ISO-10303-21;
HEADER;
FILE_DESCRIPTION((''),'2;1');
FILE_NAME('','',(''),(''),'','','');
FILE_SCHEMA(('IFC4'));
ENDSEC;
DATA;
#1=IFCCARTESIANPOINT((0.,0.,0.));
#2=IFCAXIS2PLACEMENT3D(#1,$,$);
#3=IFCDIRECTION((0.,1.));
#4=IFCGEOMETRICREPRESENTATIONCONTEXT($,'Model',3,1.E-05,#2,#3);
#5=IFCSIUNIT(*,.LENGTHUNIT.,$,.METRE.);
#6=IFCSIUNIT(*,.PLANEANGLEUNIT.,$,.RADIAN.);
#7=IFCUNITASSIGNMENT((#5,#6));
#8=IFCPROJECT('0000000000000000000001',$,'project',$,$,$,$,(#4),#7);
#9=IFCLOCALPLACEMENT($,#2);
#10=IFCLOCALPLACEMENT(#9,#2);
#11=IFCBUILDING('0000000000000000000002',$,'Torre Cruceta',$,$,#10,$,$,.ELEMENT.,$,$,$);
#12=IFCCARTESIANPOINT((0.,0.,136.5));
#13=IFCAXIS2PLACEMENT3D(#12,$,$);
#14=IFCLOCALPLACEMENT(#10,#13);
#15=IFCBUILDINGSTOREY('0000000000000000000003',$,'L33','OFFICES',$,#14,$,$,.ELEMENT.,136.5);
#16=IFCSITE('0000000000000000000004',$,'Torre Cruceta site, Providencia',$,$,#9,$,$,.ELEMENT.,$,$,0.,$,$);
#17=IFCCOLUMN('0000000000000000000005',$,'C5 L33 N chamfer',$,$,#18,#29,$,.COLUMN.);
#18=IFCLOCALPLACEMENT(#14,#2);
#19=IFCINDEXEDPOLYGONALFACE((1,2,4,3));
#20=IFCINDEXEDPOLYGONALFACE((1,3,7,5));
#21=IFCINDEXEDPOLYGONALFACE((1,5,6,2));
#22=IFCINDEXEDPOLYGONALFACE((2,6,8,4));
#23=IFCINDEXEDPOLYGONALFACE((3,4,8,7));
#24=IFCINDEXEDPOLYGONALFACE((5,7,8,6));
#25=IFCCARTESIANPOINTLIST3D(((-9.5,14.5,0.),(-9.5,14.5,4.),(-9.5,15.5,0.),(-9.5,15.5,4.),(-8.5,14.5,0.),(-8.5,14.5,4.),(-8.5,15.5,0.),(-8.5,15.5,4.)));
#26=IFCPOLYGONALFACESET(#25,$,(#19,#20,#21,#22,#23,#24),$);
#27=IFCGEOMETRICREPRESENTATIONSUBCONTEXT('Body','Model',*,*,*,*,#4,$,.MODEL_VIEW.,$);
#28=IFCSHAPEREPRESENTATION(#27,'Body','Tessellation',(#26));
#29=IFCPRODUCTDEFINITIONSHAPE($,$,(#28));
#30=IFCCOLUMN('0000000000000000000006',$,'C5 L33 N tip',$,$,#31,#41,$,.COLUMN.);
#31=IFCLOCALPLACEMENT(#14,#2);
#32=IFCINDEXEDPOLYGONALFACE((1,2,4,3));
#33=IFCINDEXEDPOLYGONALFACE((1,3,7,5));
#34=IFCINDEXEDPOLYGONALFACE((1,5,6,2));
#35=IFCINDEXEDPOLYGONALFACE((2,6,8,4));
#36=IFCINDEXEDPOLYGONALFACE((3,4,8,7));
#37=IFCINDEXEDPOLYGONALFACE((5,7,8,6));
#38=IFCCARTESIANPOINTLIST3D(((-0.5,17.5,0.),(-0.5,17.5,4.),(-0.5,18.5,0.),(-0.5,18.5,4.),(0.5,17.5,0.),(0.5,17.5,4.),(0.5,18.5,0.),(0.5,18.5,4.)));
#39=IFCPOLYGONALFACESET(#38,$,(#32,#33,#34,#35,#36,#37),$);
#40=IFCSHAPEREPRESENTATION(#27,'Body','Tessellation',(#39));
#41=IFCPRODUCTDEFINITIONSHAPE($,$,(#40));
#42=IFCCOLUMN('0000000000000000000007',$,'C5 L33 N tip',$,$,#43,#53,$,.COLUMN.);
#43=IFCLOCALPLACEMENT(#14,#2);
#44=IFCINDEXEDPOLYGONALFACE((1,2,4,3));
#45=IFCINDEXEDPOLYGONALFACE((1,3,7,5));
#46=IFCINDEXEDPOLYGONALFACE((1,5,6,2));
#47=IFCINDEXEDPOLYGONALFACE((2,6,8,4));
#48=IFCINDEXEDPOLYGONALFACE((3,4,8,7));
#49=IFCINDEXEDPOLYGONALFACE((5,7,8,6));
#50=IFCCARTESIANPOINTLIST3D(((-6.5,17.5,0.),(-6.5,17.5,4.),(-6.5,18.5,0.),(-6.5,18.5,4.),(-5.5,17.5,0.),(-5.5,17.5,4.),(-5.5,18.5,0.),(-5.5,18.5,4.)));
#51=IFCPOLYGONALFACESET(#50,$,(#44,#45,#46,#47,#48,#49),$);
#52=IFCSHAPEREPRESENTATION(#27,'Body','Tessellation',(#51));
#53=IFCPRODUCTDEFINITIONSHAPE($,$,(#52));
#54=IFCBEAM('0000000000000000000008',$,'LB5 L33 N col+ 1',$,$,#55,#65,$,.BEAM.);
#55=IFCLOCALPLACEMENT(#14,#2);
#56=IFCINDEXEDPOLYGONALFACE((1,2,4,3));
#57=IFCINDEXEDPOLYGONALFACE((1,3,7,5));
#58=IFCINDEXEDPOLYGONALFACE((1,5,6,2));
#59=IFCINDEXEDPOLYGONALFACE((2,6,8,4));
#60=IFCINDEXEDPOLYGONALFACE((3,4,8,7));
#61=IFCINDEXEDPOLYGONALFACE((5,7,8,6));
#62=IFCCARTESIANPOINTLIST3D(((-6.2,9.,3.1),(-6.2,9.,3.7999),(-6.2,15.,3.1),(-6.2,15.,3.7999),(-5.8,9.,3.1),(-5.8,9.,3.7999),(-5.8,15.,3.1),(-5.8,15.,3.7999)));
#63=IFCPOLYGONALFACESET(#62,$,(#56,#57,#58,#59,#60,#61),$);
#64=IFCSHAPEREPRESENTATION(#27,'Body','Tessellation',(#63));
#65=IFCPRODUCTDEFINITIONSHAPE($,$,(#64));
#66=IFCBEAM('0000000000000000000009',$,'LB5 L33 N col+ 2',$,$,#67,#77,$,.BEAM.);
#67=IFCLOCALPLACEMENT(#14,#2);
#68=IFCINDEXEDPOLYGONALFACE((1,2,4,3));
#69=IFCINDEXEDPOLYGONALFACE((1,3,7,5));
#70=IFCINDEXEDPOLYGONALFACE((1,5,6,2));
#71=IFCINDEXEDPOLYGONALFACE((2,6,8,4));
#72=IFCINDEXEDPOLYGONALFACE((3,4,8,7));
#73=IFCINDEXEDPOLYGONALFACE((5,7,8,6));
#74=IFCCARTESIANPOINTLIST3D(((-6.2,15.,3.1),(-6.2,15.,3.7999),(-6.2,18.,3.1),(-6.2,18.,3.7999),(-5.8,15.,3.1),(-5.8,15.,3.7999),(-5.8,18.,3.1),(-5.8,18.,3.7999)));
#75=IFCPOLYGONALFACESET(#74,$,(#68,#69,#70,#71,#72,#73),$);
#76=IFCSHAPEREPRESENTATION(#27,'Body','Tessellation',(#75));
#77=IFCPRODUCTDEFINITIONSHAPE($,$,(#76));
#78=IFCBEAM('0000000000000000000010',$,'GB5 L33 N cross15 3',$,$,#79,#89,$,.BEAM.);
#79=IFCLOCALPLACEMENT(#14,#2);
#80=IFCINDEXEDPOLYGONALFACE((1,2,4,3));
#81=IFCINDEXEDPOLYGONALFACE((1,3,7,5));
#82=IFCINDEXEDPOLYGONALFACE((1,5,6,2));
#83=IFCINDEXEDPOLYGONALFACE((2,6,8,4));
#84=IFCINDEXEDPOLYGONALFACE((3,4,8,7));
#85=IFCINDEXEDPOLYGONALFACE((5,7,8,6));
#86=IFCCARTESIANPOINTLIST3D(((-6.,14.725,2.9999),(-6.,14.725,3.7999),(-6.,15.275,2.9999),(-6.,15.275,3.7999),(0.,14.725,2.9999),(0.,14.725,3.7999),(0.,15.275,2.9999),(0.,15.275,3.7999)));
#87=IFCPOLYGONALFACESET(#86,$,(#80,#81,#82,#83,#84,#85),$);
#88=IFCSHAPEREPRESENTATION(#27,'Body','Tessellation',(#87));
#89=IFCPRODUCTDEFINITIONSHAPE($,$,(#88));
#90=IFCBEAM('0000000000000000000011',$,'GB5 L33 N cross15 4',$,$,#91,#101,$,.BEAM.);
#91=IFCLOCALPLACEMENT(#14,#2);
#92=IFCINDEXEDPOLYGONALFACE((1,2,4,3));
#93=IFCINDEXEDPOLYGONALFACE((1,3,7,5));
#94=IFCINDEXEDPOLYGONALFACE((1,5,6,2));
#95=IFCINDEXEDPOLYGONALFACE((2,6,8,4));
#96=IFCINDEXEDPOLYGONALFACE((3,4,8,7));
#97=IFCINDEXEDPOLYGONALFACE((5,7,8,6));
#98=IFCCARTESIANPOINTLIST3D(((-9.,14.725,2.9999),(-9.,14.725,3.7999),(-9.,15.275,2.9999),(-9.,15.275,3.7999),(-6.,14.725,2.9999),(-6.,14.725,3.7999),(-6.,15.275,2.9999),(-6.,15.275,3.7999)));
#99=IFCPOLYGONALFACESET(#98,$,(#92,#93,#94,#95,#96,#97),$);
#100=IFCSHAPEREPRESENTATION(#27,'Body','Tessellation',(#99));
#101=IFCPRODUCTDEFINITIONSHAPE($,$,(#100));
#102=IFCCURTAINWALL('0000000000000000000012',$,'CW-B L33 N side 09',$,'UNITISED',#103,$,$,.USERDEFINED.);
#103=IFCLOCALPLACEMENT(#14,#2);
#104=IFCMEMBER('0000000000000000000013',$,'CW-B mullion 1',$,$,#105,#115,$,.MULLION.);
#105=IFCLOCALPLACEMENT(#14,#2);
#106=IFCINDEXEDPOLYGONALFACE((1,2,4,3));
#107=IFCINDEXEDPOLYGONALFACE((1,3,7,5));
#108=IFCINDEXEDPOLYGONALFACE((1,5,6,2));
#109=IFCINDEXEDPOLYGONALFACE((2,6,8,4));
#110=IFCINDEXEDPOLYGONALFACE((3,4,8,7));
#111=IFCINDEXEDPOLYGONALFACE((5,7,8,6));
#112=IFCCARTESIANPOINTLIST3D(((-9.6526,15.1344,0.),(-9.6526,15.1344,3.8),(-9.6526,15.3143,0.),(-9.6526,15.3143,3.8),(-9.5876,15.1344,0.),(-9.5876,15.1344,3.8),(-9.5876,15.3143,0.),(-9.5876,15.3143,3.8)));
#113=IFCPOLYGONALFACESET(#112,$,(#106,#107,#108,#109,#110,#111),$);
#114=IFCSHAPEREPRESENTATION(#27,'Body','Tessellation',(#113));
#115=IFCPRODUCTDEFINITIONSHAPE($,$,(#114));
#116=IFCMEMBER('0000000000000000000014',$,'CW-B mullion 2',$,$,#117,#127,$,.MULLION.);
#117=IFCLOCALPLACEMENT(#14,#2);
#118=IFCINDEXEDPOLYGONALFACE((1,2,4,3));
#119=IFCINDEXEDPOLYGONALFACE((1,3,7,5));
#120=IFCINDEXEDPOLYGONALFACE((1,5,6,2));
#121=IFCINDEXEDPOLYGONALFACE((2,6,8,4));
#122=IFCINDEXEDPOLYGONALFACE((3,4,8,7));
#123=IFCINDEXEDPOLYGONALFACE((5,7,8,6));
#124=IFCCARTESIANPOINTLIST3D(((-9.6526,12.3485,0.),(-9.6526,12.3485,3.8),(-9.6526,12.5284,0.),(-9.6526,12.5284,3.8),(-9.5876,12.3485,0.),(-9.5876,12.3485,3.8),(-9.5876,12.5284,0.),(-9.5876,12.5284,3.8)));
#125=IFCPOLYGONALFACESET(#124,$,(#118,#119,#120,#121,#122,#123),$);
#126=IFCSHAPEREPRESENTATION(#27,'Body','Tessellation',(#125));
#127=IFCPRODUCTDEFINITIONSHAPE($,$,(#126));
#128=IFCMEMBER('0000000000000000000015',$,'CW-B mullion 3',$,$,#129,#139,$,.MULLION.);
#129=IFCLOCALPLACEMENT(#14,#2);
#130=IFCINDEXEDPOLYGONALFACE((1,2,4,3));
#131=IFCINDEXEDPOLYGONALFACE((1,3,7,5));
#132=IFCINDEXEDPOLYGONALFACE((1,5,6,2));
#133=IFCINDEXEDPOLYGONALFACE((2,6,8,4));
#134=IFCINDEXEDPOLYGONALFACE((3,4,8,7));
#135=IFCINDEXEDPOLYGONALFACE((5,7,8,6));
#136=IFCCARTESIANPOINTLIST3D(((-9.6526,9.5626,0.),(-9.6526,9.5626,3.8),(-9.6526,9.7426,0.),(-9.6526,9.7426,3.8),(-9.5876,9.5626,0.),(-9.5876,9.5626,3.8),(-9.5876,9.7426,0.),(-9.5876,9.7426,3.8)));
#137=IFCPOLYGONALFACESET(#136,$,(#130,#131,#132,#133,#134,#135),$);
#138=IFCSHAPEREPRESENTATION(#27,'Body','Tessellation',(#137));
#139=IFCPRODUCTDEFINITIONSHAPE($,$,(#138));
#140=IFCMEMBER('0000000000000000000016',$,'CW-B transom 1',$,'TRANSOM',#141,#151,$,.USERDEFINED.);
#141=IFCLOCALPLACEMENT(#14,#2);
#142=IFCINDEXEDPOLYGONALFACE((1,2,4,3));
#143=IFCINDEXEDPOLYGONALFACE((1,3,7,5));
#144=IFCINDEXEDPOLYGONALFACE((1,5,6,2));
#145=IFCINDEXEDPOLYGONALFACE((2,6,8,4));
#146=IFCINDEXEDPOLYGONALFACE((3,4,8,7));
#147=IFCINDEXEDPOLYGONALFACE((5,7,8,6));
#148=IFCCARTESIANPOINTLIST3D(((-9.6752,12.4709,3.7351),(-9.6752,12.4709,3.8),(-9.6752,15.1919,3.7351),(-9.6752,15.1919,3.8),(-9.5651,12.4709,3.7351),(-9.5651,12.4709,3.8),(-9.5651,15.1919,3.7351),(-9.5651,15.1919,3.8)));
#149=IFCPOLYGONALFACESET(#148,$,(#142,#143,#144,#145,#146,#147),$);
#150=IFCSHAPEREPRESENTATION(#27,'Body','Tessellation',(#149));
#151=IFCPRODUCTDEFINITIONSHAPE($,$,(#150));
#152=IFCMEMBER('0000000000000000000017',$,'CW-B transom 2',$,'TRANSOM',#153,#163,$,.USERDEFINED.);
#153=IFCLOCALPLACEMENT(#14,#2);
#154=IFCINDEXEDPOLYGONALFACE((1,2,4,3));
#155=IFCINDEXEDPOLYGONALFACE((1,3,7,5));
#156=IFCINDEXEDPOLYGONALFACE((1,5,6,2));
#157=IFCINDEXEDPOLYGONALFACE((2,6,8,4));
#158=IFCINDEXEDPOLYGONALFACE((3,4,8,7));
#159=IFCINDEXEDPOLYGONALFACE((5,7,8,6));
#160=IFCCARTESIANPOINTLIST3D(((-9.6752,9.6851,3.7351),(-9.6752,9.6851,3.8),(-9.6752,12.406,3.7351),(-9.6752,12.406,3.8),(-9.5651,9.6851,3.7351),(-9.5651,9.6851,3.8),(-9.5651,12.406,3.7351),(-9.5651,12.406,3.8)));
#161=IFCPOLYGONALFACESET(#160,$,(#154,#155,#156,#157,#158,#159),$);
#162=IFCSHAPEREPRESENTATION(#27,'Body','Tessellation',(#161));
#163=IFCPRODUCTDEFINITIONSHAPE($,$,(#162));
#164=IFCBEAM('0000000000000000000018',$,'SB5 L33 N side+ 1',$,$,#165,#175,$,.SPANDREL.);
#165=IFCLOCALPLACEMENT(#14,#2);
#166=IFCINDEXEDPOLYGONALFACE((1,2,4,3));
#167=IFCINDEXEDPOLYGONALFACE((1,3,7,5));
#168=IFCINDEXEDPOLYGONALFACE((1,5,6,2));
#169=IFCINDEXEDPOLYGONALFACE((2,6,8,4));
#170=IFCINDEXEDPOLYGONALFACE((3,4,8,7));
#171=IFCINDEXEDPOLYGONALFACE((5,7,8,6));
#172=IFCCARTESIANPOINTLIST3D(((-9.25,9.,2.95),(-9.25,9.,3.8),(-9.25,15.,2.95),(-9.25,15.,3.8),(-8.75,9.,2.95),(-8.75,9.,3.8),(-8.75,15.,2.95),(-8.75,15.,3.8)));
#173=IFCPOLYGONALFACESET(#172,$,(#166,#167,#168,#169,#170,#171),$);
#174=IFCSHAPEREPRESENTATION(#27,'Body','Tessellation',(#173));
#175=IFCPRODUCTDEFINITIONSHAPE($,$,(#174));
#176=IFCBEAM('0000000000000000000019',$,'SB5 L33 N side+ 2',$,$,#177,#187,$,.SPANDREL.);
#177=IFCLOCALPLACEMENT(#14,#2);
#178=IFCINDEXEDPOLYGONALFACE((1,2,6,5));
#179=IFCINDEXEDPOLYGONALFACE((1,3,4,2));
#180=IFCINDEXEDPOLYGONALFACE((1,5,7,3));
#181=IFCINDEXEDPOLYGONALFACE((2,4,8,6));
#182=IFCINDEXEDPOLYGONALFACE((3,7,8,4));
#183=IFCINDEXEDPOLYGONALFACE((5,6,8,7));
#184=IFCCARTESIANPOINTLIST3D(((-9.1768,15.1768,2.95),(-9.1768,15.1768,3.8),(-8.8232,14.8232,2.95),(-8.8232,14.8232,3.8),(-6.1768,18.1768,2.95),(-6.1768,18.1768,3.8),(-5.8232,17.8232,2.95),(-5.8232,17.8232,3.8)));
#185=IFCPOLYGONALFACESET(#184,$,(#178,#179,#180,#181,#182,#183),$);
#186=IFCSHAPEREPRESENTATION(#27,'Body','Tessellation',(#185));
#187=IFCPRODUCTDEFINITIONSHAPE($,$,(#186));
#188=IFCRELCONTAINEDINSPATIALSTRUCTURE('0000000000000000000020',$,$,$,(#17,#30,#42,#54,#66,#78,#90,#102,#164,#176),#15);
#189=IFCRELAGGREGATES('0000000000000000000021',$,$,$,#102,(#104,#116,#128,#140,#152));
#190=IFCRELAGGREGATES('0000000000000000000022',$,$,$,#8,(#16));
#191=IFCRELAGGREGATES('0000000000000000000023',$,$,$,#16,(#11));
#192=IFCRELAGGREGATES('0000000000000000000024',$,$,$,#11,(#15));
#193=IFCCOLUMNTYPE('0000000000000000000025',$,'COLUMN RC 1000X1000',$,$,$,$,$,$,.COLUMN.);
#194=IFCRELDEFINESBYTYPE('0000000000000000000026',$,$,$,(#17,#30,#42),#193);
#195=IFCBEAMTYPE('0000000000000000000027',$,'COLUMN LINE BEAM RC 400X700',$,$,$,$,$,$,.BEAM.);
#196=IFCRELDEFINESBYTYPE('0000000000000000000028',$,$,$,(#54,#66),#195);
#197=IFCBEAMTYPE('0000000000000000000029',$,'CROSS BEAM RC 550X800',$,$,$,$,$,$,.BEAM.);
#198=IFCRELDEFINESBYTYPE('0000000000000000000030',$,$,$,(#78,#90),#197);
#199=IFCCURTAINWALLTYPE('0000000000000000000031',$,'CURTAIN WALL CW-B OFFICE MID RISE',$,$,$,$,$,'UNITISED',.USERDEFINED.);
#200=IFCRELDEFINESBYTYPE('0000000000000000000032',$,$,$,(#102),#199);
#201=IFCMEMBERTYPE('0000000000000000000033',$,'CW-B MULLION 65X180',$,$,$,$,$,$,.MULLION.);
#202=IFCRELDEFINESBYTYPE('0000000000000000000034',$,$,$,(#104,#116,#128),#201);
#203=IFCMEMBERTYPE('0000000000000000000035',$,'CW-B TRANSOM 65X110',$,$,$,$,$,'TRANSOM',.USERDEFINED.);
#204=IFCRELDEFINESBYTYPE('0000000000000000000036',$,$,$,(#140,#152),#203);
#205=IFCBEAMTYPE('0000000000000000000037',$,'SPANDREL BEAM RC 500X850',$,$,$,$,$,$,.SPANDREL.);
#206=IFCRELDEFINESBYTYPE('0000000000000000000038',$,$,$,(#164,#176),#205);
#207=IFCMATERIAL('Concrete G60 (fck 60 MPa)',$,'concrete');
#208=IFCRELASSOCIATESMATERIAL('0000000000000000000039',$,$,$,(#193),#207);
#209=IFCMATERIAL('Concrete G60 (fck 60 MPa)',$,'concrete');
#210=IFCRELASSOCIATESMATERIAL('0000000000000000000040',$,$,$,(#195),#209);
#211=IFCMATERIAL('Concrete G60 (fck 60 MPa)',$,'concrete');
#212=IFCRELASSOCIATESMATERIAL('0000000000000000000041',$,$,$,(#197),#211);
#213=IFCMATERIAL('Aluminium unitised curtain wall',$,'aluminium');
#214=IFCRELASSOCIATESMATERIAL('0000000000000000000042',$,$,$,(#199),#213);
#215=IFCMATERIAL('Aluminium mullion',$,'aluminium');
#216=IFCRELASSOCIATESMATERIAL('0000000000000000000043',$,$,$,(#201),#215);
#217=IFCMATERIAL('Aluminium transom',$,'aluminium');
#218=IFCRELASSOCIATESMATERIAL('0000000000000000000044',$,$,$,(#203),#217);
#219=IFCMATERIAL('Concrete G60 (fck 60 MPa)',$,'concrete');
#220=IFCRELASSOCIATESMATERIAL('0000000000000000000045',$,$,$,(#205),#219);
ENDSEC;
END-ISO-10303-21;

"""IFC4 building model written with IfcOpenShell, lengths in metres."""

from ifc_helpers import new_model, si_unit, direction, frame, origin, origin_2d, place, context, subcontext, project, spatial, rectangle, extrude, material, material_profile, profile_set, type_object, element, aggregate, save


model = new_model("IFC4")

# Units and contexts
model_context = context("Model", 3, precision=1e-05, world=origin(), true_north=direction((0.0, 1.0)))
body_context = subcontext(model_context, "Body", "Model", "MODEL_VIEW")
ifc_project = project(units=[si_unit("LENGTHUNIT", "METRE"), si_unit("PLANEANGLEUNIT", "RADIAN")], contexts=[model_context])

# Site, building, storey
site_placement = place(None, origin())
site = spatial("IfcSite", under=ifc_project, at=site_placement, Name="Torre Cruceta site, Providencia", CompositionType="ELEMENT", RefElevation=0.0)
building_placement = place(site_placement, origin())
building = spatial("IfcBuilding", under=site, at=building_placement, Name="Torre Cruceta", CompositionType="ELEMENT")
storey_placement = place(building_placement, frame((0.0, 0.0, 136.5)))
storey = spatial("IfcBuildingStorey", under=building, at=storey_placement, Name="L33", Description="OFFICES", CompositionType="ELEMENT", Elevation=136.5)

# Columns
ifc_material_1 = material(Name="Concrete G60 (fck 60 MPa)", Category="concrete")
ifc_material_profile_1 = material_profile(ifc_material_1, rectangle(XDim=1.0, YDim=1.0, at=origin_2d()), Name="RC 1000X1000")
ifc_profile_set_1 = profile_set([ifc_material_profile_1], Name="Concrete G60 (fck 60 MPa)")
column_type = type_object("IfcColumnType", Name="COLUMN RC 1000X1000", PredefinedType="COLUMN", material=ifc_profile_set_1)
for number, where, z_axis, x_axis, name in (
    (1, (-9.0, 15.0, 0.0), (0.0, 0.0, 1.0), (1.0, 0.0, 0.0), "C5 L33 N chamfer"),
    (2, (0.0, 18.0, 0.0), (0.0, 0.0, 1.0), (1.0, 0.0, 0.0), "C5 L33 N tip"),
    (3, (-6.0, 18.0, 0.0), (0.0, 0.0, 1.0), (1.0, 0.0, 0.0), "C5 L33 N tip"),
):
    element("IfcColumn", number, at=place(storey_placement, frame(where, z_axis=z_axis, x_axis=x_axis)), inside=storey, type_object=column_type, Name=name, PredefinedType="COLUMN", context=body_context, shape_type="SweptSolid", body=[
        extrude(rectangle(XDim=1.0, YDim=1.0, at=origin_2d()), origin(), (0.0, 0.0, 1.0), 4.0),
    ])

# Beams
ifc_material_2 = material(Name="Concrete G60 (fck 60 MPa)", Category="concrete")
ifc_material_profile_2 = material_profile(ifc_material_2, rectangle(XDim=0.3999, YDim=0.7, at=origin_2d()), Name="RC 400X700")
ifc_profile_set_2 = profile_set([ifc_material_profile_2], Name="Concrete G60 (fck 60 MPa)")
beam_type_1 = type_object("IfcBeamType", Name="COLUMN LINE BEAM RC 400X700", PredefinedType="BEAM", material=ifc_profile_set_2)
beam_1_placement = place(storey_placement, frame((-6.0, 9.0, 3.45), z_axis=(0.0, 1.0, 0.0), x_axis=(-1.0, 0.0, 0.0)))
element("IfcBeam", 4, at=beam_1_placement, inside=storey, type_object=beam_type_1, Name="LB5 L33 N col+ 1", PredefinedType="BEAM", context=body_context, shape_type="SweptSolid", body=[
    extrude(rectangle(XDim=0.3999, YDim=0.7, at=origin_2d()), origin(), (0.0, 0.0, 1.0), 6.0),
])
beam_2_placement = place(storey_placement, frame((-6.0, 15.0, 3.45), z_axis=(0.0, 1.0, 0.0), x_axis=(-1.0, 0.0, 0.0)))
element("IfcBeam", 5, at=beam_2_placement, inside=storey, type_object=beam_type_1, Name="LB5 L33 N col+ 2", PredefinedType="BEAM", context=body_context, shape_type="SweptSolid", body=[
    extrude(rectangle(XDim=0.3999, YDim=0.7, at=origin_2d()), origin(), (0.0, 0.0, 1.0), 3.0),
])
ifc_material_3 = material(Name="Concrete G60 (fck 60 MPa)", Category="concrete")
ifc_material_profile_3 = material_profile(ifc_material_3, rectangle(XDim=0.55, YDim=0.8, at=origin_2d()), Name="RC 550X800")
ifc_profile_set_3 = profile_set([ifc_material_profile_3], Name="Concrete G60 (fck 60 MPa)")
beam_type_2 = type_object("IfcBeamType", Name="CROSS BEAM RC 550X800", PredefinedType="BEAM", material=ifc_profile_set_3)
beam_3_placement = place(storey_placement, frame((0.0, 15.0, 3.3999), z_axis=(-1.0, 0.0, 0.0), x_axis=(0.0, -1.0, 0.0)))
element("IfcBeam", 6, at=beam_3_placement, inside=storey, type_object=beam_type_2, Name="GB5 L33 N cross15 3", PredefinedType="BEAM", context=body_context, shape_type="SweptSolid", body=[
    extrude(rectangle(XDim=0.55, YDim=0.8, at=origin_2d()), origin(), (0.0, 0.0, 1.0), 6.0),
])
beam_4_placement = place(storey_placement, frame((-6.0, 15.0, 3.3999), z_axis=(-1.0, 0.0, 0.0), x_axis=(0.0, -1.0, 0.0)))
element("IfcBeam", 7, at=beam_4_placement, inside=storey, type_object=beam_type_2, Name="GB5 L33 N cross15 4", PredefinedType="BEAM", context=body_context, shape_type="SweptSolid", body=[
    extrude(rectangle(XDim=0.55, YDim=0.8, at=origin_2d()), origin(), (0.0, 0.0, 1.0), 3.0),
])

# Curtain wall, members
ifc_material_4 = material(Name="Aluminium unitised curtain wall", Category="aluminium")
curtain_wall_type = type_object("IfcCurtainWallType", Name="CURTAIN WALL CW-B OFFICE MID RISE", ElementType="UNITISED", PredefinedType="USERDEFINED", material=ifc_material_4)
curtain_wall_placement = place(storey_placement, origin())
curtain_wall = element("IfcCurtainWall", 8, at=curtain_wall_placement, inside=storey, type_object=curtain_wall_type, Name="CW-B L33 N side 09", ObjectType="UNITISED", PredefinedType="USERDEFINED")
ifc_material_5 = material(Name="Aluminium mullion", Category="aluminium")
ifc_material_profile_4 = material_profile(ifc_material_5, rectangle(XDim=0.0649, YDim=0.1799, at=origin_2d()), Name="AL 65X180")
ifc_profile_set_4 = profile_set([ifc_material_profile_4], Name="Aluminium mullion")
member_type_1 = type_object("IfcMemberType", Name="CW-B MULLION 65X180", PredefinedType="MULLION", material=ifc_profile_set_4)
member_1_placement = place(storey_placement, frame((-9.6201, 15.2244, 0.0), z_axis=(0.0, 0.0, 1.0), x_axis=(1.0, 0.0, 0.0)))
member_1 = element("IfcMember", 9, at=member_1_placement, type_object=member_type_1, Name="CW-B mullion 1", PredefinedType="MULLION", context=body_context, shape_type="SweptSolid", body=[
    extrude(rectangle(XDim=0.0649, YDim=0.1799, at=origin_2d()), origin(), (0.0, 0.0, 1.0), 3.8),
])
member_2_placement = place(storey_placement, frame((-9.6201, 12.4385, 0.0), z_axis=(0.0, 0.0, 1.0), x_axis=(1.0, 0.0, 0.0)))
member_2 = element("IfcMember", 10, at=member_2_placement, type_object=member_type_1, Name="CW-B mullion 2", PredefinedType="MULLION", context=body_context, shape_type="SweptSolid", body=[
    extrude(rectangle(XDim=0.0649, YDim=0.1799, at=origin_2d()), origin(), (0.0, 0.0, 1.0), 3.8),
])
member_3_placement = place(storey_placement, frame((-9.6201, 9.6526, 0.0), z_axis=(0.0, 0.0, 1.0), x_axis=(1.0, 0.0, 0.0)))
member_3 = element("IfcMember", 11, at=member_3_placement, type_object=member_type_1, Name="CW-B mullion 3", PredefinedType="MULLION", context=body_context, shape_type="SweptSolid", body=[
    extrude(rectangle(XDim=0.0649, YDim=0.1799, at=origin_2d()), origin(), (0.0, 0.0, 1.0), 3.8),
])
ifc_material_6 = material(Name="Aluminium transom", Category="aluminium")
ifc_material_profile_5 = material_profile(ifc_material_6, rectangle(XDim=0.1101, YDim=0.0649, at=origin_2d()), Name="AL 110X65")
ifc_profile_set_5 = profile_set([ifc_material_profile_5], Name="Aluminium transom")
member_type_2 = type_object("IfcMemberType", Name="CW-B TRANSOM 65X110", ElementType="TRANSOM", PredefinedType="USERDEFINED", material=ifc_profile_set_5)
member_4_placement = place(storey_placement, frame((-9.6201, 15.1919, 3.7676), z_axis=(0.0, -1.0, 0.0), x_axis=(1.0, 0.0, 0.0)))
member_4 = element("IfcMember", 12, at=member_4_placement, type_object=member_type_2, Name="CW-B transom 1", ObjectType="TRANSOM", PredefinedType="USERDEFINED", context=body_context, shape_type="SweptSolid", body=[
    extrude(rectangle(XDim=0.1101, YDim=0.0649, at=origin_2d()), origin(), (0.0, 0.0, 1.0), 2.7209),
])
member_5_placement = place(storey_placement, frame((-9.6201, 12.406, 3.7676), z_axis=(0.0, -1.0, 0.0), x_axis=(1.0, 0.0, 0.0)))
member_5 = element("IfcMember", 13, at=member_5_placement, type_object=member_type_2, Name="CW-B transom 2", ObjectType="TRANSOM", PredefinedType="USERDEFINED", context=body_context, shape_type="SweptSolid", body=[
    extrude(rectangle(XDim=0.1101, YDim=0.0649, at=origin_2d()), origin(), (0.0, 0.0, 1.0), 2.7209),
])

# Beams
ifc_material_7 = material(Name="Concrete G60 (fck 60 MPa)", Category="concrete")
ifc_material_profile_6 = material_profile(ifc_material_7, rectangle(XDim=0.5, YDim=0.8501, at=origin_2d()), Name="RC 500X850")
ifc_profile_set_6 = profile_set([ifc_material_profile_6], Name="Concrete G60 (fck 60 MPa)")
beam_type_3 = type_object("IfcBeamType", Name="SPANDREL BEAM RC 500X850", PredefinedType="SPANDREL", material=ifc_profile_set_6)
beam_5_placement = place(storey_placement, frame((-9.0, 9.0, 3.375), z_axis=(0.0, 1.0, 0.0), x_axis=(-1.0, 0.0, 0.0)))
element("IfcBeam", 14, at=beam_5_placement, inside=storey, type_object=beam_type_3, Name="SB5 L33 N side+ 1", PredefinedType="SPANDREL", context=body_context, shape_type="SweptSolid", body=[
    extrude(rectangle(XDim=0.5, YDim=0.8501, at=origin_2d()), origin(), (0.0, 0.0, 1.0), 6.0),
])
beam_6_placement = place(storey_placement, frame((-9.0, 15.0, 3.375), z_axis=(0.707107, 0.707107, 0.0), x_axis=(-0.707107, 0.707107, 0.0)))
element("IfcBeam", 15, at=beam_6_placement, inside=storey, type_object=beam_type_3, Name="SB5 L33 N side+ 2", PredefinedType="SPANDREL", context=body_context, shape_type="SweptSolid", body=[
    extrude(rectangle(XDim=0.5, YDim=0.8501, at=origin_2d()), origin(), (0.0, 0.0, 1.0), 4.2427),
])

aggregate(curtain_wall, [member_1, member_2, member_3, member_4, member_5])

save(model, "model.ifc")
